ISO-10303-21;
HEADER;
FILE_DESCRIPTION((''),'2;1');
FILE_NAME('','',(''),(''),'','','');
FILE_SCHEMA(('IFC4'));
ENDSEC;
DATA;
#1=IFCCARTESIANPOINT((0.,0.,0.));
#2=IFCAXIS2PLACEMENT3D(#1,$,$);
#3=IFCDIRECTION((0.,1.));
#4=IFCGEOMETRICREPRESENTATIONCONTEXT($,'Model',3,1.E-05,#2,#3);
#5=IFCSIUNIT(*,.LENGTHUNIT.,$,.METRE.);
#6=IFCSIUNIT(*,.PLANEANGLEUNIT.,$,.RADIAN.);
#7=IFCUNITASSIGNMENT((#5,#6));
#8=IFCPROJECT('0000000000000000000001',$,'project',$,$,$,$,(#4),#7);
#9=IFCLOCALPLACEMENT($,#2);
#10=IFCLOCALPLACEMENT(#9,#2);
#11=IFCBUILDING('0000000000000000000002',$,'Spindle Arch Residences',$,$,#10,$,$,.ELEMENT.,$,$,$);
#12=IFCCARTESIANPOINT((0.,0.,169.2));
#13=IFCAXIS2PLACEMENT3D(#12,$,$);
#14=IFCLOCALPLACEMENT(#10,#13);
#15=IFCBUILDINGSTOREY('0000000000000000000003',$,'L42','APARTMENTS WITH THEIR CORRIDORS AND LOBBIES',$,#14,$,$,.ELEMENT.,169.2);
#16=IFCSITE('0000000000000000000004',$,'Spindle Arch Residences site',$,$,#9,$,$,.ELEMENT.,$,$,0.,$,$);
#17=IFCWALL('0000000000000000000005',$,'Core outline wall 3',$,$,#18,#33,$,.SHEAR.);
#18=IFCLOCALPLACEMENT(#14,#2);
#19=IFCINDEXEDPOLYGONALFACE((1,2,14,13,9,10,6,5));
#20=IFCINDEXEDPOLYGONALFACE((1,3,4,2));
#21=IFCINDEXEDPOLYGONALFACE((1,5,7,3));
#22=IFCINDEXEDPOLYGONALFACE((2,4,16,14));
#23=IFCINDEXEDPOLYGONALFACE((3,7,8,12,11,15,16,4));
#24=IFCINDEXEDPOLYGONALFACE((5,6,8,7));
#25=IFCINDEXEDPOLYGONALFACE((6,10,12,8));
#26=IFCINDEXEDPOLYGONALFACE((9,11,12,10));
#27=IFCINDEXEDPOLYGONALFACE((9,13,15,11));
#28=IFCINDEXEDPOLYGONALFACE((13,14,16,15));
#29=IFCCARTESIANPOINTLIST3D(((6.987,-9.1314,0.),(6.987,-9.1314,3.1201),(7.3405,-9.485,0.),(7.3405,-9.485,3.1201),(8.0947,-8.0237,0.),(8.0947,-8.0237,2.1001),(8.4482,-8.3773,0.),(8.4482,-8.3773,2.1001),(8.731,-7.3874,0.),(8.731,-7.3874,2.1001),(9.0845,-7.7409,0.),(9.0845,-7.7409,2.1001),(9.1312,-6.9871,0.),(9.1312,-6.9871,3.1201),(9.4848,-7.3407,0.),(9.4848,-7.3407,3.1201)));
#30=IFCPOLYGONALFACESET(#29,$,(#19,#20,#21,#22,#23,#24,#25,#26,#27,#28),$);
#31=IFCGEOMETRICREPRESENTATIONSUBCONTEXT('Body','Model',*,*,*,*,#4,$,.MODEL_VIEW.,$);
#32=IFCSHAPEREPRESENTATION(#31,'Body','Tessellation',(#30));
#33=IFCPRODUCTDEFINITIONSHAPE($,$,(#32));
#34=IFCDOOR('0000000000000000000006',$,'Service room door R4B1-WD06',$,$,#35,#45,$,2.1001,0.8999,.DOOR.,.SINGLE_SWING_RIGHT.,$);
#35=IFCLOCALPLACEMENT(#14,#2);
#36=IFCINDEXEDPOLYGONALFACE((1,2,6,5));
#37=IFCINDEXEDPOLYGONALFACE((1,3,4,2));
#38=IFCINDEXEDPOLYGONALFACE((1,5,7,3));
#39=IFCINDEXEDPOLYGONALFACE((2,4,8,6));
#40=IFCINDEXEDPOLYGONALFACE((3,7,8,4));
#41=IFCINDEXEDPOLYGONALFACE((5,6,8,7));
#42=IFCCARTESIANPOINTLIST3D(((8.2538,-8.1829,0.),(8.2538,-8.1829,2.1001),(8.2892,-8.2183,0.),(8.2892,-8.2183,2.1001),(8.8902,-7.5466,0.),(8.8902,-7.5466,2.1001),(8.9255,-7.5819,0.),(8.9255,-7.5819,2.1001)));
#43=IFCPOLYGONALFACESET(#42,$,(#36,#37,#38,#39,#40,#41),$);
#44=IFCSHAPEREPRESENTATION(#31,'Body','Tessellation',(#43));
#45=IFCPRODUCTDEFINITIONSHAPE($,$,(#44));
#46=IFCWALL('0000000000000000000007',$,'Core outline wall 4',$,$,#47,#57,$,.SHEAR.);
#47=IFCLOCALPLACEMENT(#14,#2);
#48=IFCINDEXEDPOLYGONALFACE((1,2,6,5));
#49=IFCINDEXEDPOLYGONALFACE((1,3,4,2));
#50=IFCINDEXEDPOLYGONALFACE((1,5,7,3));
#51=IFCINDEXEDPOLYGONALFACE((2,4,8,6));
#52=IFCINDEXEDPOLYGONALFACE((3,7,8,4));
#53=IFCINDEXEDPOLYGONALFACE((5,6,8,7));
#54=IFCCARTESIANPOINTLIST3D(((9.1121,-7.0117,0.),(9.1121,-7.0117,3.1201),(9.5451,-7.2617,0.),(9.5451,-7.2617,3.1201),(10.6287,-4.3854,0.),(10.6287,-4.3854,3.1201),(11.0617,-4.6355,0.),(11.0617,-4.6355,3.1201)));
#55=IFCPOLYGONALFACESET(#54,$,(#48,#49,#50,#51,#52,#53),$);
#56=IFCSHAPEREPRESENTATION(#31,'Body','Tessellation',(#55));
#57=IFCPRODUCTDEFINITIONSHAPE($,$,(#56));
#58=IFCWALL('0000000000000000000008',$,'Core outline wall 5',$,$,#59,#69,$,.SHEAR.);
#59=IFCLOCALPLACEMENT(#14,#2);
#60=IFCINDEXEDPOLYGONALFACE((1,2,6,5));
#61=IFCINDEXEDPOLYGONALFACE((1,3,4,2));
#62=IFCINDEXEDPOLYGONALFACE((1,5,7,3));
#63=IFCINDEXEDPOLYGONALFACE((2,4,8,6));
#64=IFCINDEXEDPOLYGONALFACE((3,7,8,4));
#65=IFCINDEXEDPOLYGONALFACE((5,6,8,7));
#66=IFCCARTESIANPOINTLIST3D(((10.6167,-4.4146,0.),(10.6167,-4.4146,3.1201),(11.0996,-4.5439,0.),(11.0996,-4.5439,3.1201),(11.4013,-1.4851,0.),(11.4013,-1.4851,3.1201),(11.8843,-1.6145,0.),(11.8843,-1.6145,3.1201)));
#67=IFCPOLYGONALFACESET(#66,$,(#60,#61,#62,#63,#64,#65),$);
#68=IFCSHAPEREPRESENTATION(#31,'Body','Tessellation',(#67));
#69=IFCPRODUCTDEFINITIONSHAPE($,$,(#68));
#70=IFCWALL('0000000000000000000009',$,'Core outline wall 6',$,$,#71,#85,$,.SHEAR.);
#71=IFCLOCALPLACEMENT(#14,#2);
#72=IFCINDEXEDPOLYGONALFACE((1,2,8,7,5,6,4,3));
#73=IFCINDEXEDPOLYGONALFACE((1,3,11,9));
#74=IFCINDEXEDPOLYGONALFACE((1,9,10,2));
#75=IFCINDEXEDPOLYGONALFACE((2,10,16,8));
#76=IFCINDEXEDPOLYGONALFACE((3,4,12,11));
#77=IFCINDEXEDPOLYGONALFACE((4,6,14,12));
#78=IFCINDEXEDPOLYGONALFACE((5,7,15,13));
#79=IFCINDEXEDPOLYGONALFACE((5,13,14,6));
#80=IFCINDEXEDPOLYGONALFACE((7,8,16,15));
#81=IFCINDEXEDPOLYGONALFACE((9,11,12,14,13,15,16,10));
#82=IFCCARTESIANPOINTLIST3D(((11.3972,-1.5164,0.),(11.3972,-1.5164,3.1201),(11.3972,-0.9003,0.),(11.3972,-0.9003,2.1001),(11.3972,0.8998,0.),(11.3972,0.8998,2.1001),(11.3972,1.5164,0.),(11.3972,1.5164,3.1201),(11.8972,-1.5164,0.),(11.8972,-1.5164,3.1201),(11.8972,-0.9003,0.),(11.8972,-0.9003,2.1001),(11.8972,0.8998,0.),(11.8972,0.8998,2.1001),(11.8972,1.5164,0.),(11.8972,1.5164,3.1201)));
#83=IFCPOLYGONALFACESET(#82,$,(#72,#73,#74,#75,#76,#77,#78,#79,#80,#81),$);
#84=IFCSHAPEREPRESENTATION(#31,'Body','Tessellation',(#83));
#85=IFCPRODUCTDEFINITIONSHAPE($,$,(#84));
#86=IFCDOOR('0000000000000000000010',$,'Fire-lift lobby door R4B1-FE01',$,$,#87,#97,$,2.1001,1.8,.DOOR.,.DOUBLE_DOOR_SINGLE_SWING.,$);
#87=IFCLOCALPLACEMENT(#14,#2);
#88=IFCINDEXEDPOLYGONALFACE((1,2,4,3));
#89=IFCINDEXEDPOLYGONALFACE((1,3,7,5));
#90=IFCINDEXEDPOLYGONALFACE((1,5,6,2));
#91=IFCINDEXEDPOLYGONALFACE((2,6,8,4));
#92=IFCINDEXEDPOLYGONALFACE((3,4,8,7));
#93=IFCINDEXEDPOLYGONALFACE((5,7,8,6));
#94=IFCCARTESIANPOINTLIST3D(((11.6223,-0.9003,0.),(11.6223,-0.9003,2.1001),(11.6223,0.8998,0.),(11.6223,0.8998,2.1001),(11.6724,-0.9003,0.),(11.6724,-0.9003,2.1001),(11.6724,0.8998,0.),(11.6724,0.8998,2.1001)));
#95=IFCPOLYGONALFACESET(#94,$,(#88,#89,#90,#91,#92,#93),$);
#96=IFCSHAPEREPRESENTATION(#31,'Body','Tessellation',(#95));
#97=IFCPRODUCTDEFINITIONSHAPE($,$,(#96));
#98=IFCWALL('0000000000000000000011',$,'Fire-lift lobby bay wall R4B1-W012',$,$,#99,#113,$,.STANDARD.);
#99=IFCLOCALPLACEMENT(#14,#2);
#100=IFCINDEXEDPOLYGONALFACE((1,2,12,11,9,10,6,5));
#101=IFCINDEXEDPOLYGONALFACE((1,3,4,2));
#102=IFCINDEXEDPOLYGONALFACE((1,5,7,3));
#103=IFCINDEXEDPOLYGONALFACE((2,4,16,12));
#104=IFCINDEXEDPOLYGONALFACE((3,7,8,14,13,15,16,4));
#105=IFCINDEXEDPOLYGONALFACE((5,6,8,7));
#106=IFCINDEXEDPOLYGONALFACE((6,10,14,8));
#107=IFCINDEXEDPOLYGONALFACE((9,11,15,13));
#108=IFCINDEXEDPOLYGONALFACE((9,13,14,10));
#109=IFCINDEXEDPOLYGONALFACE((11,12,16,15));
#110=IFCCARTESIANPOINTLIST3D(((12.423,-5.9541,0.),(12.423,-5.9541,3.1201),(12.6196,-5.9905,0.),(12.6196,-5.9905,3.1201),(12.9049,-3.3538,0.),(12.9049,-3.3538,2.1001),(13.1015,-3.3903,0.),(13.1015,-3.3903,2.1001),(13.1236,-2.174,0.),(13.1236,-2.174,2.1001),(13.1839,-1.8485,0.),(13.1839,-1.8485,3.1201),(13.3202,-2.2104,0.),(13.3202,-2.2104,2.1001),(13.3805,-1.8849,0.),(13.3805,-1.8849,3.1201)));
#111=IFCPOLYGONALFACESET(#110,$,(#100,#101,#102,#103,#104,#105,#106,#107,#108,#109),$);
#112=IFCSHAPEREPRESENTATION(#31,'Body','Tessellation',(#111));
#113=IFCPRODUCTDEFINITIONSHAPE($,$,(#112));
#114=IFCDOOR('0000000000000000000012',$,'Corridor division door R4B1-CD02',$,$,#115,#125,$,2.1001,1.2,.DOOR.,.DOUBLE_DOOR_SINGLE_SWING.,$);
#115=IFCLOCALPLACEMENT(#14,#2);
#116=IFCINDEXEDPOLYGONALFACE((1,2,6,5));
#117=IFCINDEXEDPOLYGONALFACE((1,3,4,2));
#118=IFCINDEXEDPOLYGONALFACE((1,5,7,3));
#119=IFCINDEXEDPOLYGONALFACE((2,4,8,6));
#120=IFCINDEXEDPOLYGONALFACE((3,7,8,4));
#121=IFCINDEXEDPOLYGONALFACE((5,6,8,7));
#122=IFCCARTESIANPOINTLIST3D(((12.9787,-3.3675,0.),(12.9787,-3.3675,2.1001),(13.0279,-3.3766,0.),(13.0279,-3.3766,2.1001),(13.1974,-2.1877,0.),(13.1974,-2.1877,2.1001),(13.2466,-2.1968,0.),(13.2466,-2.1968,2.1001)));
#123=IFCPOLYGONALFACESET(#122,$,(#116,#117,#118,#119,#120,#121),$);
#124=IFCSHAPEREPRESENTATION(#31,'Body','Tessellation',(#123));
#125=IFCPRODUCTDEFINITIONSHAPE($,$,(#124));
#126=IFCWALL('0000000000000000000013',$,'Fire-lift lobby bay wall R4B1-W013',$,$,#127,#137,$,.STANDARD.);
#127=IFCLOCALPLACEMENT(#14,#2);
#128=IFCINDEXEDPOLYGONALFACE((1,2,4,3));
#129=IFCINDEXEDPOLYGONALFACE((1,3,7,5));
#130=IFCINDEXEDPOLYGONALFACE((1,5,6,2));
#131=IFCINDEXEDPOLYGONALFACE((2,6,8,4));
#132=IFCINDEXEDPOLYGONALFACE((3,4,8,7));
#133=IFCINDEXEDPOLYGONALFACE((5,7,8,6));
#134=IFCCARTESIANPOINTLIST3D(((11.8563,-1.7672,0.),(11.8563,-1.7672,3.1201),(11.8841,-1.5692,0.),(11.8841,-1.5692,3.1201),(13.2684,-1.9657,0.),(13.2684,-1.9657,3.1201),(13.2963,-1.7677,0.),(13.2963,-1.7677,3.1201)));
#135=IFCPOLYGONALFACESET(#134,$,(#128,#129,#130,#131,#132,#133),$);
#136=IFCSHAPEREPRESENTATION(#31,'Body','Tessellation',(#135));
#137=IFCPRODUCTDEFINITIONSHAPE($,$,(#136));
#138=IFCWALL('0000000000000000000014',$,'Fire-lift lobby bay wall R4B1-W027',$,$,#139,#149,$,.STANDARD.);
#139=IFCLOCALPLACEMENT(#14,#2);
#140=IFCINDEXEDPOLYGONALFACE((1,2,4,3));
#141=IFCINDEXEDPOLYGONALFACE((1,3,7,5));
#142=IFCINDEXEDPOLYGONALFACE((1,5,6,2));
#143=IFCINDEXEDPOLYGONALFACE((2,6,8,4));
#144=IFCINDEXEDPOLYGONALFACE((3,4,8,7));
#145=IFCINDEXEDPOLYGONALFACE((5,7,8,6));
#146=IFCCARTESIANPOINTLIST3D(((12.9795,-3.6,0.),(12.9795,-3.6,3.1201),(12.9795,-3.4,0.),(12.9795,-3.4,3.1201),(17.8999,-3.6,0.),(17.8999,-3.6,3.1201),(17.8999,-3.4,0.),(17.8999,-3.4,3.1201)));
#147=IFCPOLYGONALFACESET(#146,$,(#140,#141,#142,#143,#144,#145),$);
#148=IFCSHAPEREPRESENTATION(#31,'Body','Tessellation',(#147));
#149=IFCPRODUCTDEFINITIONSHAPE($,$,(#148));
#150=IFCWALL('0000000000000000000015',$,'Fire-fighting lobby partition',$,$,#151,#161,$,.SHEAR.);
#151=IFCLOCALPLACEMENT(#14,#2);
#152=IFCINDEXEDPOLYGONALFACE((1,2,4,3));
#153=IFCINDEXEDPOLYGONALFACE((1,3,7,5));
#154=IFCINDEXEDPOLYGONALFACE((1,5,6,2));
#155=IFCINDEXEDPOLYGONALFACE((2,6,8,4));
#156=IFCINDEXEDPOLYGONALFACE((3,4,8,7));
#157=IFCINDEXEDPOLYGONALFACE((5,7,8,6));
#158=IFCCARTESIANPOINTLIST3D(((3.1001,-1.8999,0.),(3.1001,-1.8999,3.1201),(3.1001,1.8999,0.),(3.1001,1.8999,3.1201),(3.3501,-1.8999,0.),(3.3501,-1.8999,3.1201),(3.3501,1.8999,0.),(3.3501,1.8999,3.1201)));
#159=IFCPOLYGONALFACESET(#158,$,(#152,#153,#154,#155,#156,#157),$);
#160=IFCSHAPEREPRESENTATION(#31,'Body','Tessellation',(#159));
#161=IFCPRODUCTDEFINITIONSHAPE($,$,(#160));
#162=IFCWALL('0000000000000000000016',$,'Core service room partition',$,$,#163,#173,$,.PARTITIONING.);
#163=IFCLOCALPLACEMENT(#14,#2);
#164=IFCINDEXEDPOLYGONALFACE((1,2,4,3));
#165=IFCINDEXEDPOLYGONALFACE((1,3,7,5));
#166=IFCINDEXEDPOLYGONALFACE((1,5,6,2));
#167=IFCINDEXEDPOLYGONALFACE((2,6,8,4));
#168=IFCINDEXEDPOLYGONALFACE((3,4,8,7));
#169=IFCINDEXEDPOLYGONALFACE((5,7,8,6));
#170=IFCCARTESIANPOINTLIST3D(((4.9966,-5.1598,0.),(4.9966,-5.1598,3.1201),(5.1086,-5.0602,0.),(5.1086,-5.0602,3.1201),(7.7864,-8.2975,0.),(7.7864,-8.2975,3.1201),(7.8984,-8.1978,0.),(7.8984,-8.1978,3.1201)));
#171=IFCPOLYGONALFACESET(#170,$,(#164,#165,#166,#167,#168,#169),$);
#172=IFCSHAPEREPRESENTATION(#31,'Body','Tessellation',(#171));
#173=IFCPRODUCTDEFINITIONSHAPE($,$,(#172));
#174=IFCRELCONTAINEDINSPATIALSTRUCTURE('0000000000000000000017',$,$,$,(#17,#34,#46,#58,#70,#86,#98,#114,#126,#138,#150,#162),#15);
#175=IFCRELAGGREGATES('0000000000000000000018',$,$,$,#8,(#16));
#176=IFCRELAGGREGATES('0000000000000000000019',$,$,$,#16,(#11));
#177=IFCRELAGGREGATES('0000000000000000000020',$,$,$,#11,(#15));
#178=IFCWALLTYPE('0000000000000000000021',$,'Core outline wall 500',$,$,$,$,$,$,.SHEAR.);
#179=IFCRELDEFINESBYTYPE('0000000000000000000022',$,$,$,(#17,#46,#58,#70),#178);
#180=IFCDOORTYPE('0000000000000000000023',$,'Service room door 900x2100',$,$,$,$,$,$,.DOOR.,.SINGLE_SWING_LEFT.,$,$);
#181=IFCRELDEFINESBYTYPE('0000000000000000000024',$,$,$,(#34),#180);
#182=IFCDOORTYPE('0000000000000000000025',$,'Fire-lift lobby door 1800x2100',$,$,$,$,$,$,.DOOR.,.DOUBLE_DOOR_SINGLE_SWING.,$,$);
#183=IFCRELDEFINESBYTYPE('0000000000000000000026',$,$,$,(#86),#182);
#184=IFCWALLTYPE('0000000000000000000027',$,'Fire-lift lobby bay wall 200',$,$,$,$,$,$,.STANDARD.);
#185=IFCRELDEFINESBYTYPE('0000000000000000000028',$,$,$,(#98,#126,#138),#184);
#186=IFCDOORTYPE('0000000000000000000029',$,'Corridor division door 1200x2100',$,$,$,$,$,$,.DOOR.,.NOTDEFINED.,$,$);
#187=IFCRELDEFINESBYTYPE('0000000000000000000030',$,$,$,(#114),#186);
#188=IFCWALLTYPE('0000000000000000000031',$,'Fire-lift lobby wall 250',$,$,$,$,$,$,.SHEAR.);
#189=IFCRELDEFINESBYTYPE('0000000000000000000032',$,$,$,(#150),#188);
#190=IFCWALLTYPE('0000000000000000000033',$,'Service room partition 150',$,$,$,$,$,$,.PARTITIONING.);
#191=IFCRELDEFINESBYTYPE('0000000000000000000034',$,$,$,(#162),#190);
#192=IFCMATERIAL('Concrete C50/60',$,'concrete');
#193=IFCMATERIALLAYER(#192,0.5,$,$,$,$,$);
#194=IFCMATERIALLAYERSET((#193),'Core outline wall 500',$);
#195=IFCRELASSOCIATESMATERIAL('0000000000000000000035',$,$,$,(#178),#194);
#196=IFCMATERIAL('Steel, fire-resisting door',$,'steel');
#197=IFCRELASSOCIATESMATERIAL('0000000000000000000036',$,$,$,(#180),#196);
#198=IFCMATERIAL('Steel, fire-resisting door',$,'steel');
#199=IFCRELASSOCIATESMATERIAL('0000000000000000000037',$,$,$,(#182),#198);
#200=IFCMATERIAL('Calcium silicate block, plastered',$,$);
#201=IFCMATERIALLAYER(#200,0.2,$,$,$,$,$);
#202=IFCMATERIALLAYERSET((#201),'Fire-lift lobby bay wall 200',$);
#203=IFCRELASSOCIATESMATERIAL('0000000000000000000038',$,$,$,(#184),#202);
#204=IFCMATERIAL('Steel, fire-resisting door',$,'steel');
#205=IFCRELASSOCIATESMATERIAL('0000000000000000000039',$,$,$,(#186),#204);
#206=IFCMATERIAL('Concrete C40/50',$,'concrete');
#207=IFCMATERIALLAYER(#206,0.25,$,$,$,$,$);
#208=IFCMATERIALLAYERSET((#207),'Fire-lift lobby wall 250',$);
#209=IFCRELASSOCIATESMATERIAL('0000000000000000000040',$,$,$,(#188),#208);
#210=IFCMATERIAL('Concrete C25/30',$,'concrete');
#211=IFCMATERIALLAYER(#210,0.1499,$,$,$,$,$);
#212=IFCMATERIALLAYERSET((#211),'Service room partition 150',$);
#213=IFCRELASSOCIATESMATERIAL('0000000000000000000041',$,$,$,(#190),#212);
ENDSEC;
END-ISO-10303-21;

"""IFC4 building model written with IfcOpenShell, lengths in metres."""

from ifc_helpers import new_model, si_unit, direction, frame, frame_2d, origin, place, context, subcontext, project, spatial, rectangle, extrude, material, layer, layer_set, type_object, element, fill, save


model = new_model("IFC4")

# Units and contexts
model_context = context("Model", 3, precision=1e-05, world=origin(), true_north=direction((0.0, 1.0)))
body_context = subcontext(model_context, "Body", "Model", "MODEL_VIEW")
ifc_project = project(units=[si_unit("LENGTHUNIT", "METRE"), si_unit("PLANEANGLEUNIT", "RADIAN")], contexts=[model_context])

# Site, building, storey
site_placement = place(None, origin())
site = spatial("IfcSite", under=ifc_project, at=site_placement, Name="Spindle Arch Residences site", CompositionType="ELEMENT", RefElevation=0.0)
building_placement = place(site_placement, origin())
building = spatial("IfcBuilding", under=site, at=building_placement, Name="Spindle Arch Residences", CompositionType="ELEMENT")
storey_placement = place(building_placement, frame((0.0, 0.0, 169.2)))
storey = spatial("IfcBuildingStorey", under=building, at=storey_placement, Name="L42", Description="APARTMENTS WITH THEIR CORRIDORS AND LOBBIES", CompositionType="ELEMENT", Elevation=169.2)

# Wall, opening, door
ifc_material_1 = material(Name="Concrete C50/60", Category="concrete")
ifc_layer_1 = layer(ifc_material_1, 0.5)
ifc_layer_set_1 = layer_set([ifc_layer_1], Name="Core outline wall 500")
wall_type_1 = type_object("IfcWallType", Name="Core outline wall 500", PredefinedType="SHEAR", material=ifc_layer_set_1)
wall_1_placement = place(storey_placement, frame((7.1638, -9.3081, 0.0), z_axis=(0.0, 0.0, 1.0), x_axis=(0.707107, 0.707107, 0.0)))
wall_1 = element("IfcWall", 1, at=wall_1_placement, inside=storey, type_object=wall_type_1, Name="Core outline wall 3", PredefinedType="SHEAR", context=body_context, shape_type="SweptSolid", body=[
    extrude(rectangle(XDim=3.0325, YDim=0.5, at=frame_2d((1.5161, 0.0))), origin(), (0.0, 0.0, 1.0), 3.1201),
])
opening_1_placement = place(wall_1_placement, frame((1.5664, 0.0, 0.0)))
opening_1 = element("IfcOpeningElement", 2, at=opening_1_placement, cuts=wall_1, PredefinedType="OPENING", context=body_context, shape_type="SweptSolid", body=[
    extrude(rectangle(XDim=0.8999, YDim=2.1001, at=frame_2d((0.45, 1.05))), frame((0.0, 0.26, 0.0), z_axis=(0.0, -1.0, 0.0), x_axis=(1.0, 0.0, 0.0)), (0.0, 0.0, 1.0), 0.52),
])
ifc_material_2 = material(Name="Steel, fire-resisting door", Category="steel")
door_type_1 = type_object("IfcDoorType", Name="Service room door 900x2100", OperationType="SINGLE_SWING_LEFT", PredefinedType="DOOR", material=ifc_material_2)
door_1_placement = place(opening_1_placement, origin())
door_1 = element("IfcDoor", 3, at=door_1_placement, inside=storey, type_object=door_type_1, Name="Service room door R4B1-WD06", OperationType="SINGLE_SWING_RIGHT", OverallHeight=2.1001, OverallWidth=0.8999, PredefinedType="DOOR", context=body_context, shape_type="SweptSolid", body=[
    extrude(rectangle(XDim=0.8999, YDim=2.1001, at=frame_2d((0.45, 1.05))), frame((0.0, 0.0249, 0.0), z_axis=(0.0, -1.0, 0.0), x_axis=(1.0, 0.0, 0.0)), (0.0, 0.0, 1.0), 0.05),
])
fill(opening_1, door_1)

# Walls
for number, where, z_axis, x_axis, name in (
    (4, (9.3286, -7.1367, 0.0), (0.0, 0.0, 1.0), (0.500087, 0.865975, 0.0), "Core outline wall 4"),
    (5, (10.8582, -4.4792, 0.0), (0.0, 0.0, 1.0), (0.258735, 0.965948, 0.0), "Core outline wall 5"),
):
    element("IfcWall", number, at=place(storey_placement, frame(where, z_axis=z_axis, x_axis=x_axis)), inside=storey, type_object=wall_type_1, Name=name, PredefinedType="SHEAR", context=body_context, shape_type="SweptSolid", body=[
        extrude(rectangle(XDim=3.0327, YDim=0.5, at=frame_2d((1.5164, 0.0))), origin(), (0.0, 0.0, 1.0), 3.1201),
    ])

# Walls, openings, doors
wall_2_placement = place(storey_placement, frame((11.6472, -1.5164, 0.0), z_axis=(0.0, 0.0, 1.0), x_axis=(0.0, 1.0, 0.0)))
wall_2 = element("IfcWall", 6, at=wall_2_placement, inside=storey, type_object=wall_type_1, Name="Core outline wall 6", PredefinedType="SHEAR", context=body_context, shape_type="SweptSolid", body=[
    extrude(rectangle(XDim=3.0327, YDim=0.5, at=frame_2d((1.5164, 0.0))), origin(), (0.0, 0.0, 1.0), 3.1201),
])
opening_2_placement = place(wall_2_placement, frame((0.6162, 0.0, 0.0)))
opening_2 = element("IfcOpeningElement", 7, at=opening_2_placement, cuts=wall_2, PredefinedType="OPENING", context=body_context, shape_type="SweptSolid", body=[
    extrude(rectangle(XDim=1.8, YDim=2.1001, at=frame_2d((0.8999, 1.05))), frame((0.0, 0.26, 0.0), z_axis=(0.0, -1.0, 0.0), x_axis=(1.0, 0.0, 0.0)), (0.0, 0.0, 1.0), 0.52),
])
ifc_material_3 = material(Name="Steel, fire-resisting door", Category="steel")
door_type_2 = type_object("IfcDoorType", Name="Fire-lift lobby door 1800x2100", OperationType="DOUBLE_DOOR_SINGLE_SWING", PredefinedType="DOOR", material=ifc_material_3)
door_2_placement = place(opening_2_placement, origin())
door_2 = element("IfcDoor", 8, at=door_2_placement, inside=storey, type_object=door_type_2, Name="Fire-lift lobby door R4B1-FE01", OperationType="DOUBLE_DOOR_SINGLE_SWING", OverallHeight=2.1001, OverallWidth=1.8, PredefinedType="DOOR", context=body_context, shape_type="SweptSolid", body=[
    extrude(rectangle(XDim=1.8, YDim=2.1001, at=frame_2d((0.8999, 1.05))), frame((0.0, 0.0249, 0.0), z_axis=(0.0, -1.0, 0.0), x_axis=(1.0, 0.0, 0.0)), (0.0, 0.0, 1.0), 0.05),
])
fill(opening_2, door_2)
ifc_material_4 = material(Name="Calcium silicate block, plastered")
ifc_layer_2 = layer(ifc_material_4, 0.2)
ifc_layer_set_2 = layer_set([ifc_layer_2], Name="Fire-lift lobby bay wall 200")
wall_type_2 = type_object("IfcWallType", Name="Fire-lift lobby bay wall 200", PredefinedType="STANDARD", material=ifc_layer_set_2)
wall_3_placement = place(storey_placement, frame((12.5212, -5.9724, 0.0), z_axis=(0.0, 0.0, 1.0), x_axis=(0.182244, 0.983253, 0.0)))
wall_3 = element("IfcWall", 9, at=wall_3_placement, inside=storey, type_object=wall_type_2, Name="Fire-lift lobby bay wall R4B1-W012", PredefinedType="STANDARD", context=body_context, shape_type="SweptSolid", body=[
    extrude(rectangle(XDim=4.1755, YDim=0.2, at=frame_2d((2.0879, 0.0))), origin(), (0.0, 0.0, 1.0), 3.1201),
])
opening_3_placement = place(wall_3_placement, frame((2.6445, 0.0, 0.0)))
opening_3 = element("IfcOpeningElement", 10, at=opening_3_placement, cuts=wall_3, PredefinedType="OPENING", context=body_context, shape_type="SweptSolid", body=[
    extrude(rectangle(XDim=1.2, YDim=2.1001, at=frame_2d((0.6001, 1.05))), frame((0.0, 0.1099, 0.0), z_axis=(0.0, -1.0, 0.0), x_axis=(1.0, 0.0, 0.0)), (0.0, 0.0, 1.0), 0.22),
])
ifc_material_5 = material(Name="Steel, fire-resisting door", Category="steel")
door_type_3 = type_object("IfcDoorType", Name="Corridor division door 1200x2100", OperationType="NOTDEFINED", PredefinedType="DOOR", material=ifc_material_5)
door_3_placement = place(opening_3_placement, origin())
door_3 = element("IfcDoor", 11, at=door_3_placement, inside=storey, type_object=door_type_3, Name="Corridor division door R4B1-CD02", OperationType="DOUBLE_DOOR_SINGLE_SWING", OverallHeight=2.1001, OverallWidth=1.2, PredefinedType="DOOR", context=body_context, shape_type="SweptSolid", body=[
    extrude(rectangle(XDim=1.2, YDim=2.1001, at=frame_2d((0.6001, 1.05))), frame((0.0, 0.0249, 0.0), z_axis=(0.0, -1.0, 0.0), x_axis=(1.0, 0.0, 0.0)), (0.0, 0.0, 1.0), 0.05),
])
fill(opening_3, door_3)

# Walls
wall_4_placement = place(storey_placement, frame((13.2822, -1.8667, 0.0), z_axis=(0.0, 0.0, 1.0), x_axis=(-0.990265, 0.139192, 0.0)))
element("IfcWall", 12, at=wall_4_placement, inside=storey, type_object=wall_type_2, Name="Fire-lift lobby bay wall R4B1-W013", PredefinedType="STANDARD", context=body_context, shape_type="SweptSolid", body=[
    extrude(rectangle(XDim=1.426, YDim=0.2, at=frame_2d((0.7129, 0.0))), origin(), (0.0, 0.0, 1.0), 3.1201),
])
wall_5_placement = place(storey_placement, frame((12.9795, -3.5, 0.0), z_axis=(0.0, 0.0, 1.0), x_axis=(1.0, 0.0, 0.0)))
element("IfcWall", 13, at=wall_5_placement, inside=storey, type_object=wall_type_2, Name="Fire-lift lobby bay wall R4B1-W027", PredefinedType="STANDARD", context=body_context, shape_type="SweptSolid", body=[
    extrude(rectangle(XDim=4.9204, YDim=0.2, at=frame_2d((2.4602, 0.0))), origin(), (0.0, 0.0, 1.0), 3.1201),
])
ifc_material_6 = material(Name="Concrete C40/50", Category="concrete")
ifc_layer_3 = layer(ifc_material_6, 0.25)
ifc_layer_set_3 = layer_set([ifc_layer_3], Name="Fire-lift lobby wall 250")
wall_type_3 = type_object("IfcWallType", Name="Fire-lift lobby wall 250", PredefinedType="SHEAR", material=ifc_layer_set_3)
wall_6_placement = place(storey_placement, frame((3.2251, -1.8999, 0.0), z_axis=(0.0, 0.0, 1.0), x_axis=(0.0, 1.0, 0.0)))
element("IfcWall", 14, at=wall_6_placement, inside=storey, type_object=wall_type_3, Name="Fire-fighting lobby partition", PredefinedType="SHEAR", context=body_context, shape_type="SweptSolid", body=[
    extrude(rectangle(XDim=3.7998, YDim=0.25, at=frame_2d((1.8999, 0.0))), origin(), (0.0, 0.0, 1.0), 3.1201),
])

# Wall
ifc_material_7 = material(Name="Concrete C25/30", Category="concrete")
ifc_layer_4 = layer(ifc_material_7, 0.1499)
ifc_layer_set_4 = layer_set([ifc_layer_4], Name="Service room partition 150")
wall_type_4 = type_object("IfcWallType", Name="Service room partition 150", PredefinedType="PARTITIONING", material=ifc_layer_set_4)
wall_7_placement = place(storey_placement, frame((7.8423, -8.2476, 0.0), z_axis=(0.0, 0.0, 1.0), x_axis=(-0.664461, 0.747323, 0.0)))
element("IfcWall", 15, at=wall_7_placement, inside=storey, type_object=wall_type_4, Name="Core service room partition", PredefinedType="PARTITIONING", context=body_context, shape_type="SweptSolid", body=[
    extrude(rectangle(XDim=4.1985, YDim=0.1499, at=frame_2d((2.0991, 0.0))), origin(), (0.0, 0.0, 1.0), 3.1201),
])

save(model, "model.ifc")
